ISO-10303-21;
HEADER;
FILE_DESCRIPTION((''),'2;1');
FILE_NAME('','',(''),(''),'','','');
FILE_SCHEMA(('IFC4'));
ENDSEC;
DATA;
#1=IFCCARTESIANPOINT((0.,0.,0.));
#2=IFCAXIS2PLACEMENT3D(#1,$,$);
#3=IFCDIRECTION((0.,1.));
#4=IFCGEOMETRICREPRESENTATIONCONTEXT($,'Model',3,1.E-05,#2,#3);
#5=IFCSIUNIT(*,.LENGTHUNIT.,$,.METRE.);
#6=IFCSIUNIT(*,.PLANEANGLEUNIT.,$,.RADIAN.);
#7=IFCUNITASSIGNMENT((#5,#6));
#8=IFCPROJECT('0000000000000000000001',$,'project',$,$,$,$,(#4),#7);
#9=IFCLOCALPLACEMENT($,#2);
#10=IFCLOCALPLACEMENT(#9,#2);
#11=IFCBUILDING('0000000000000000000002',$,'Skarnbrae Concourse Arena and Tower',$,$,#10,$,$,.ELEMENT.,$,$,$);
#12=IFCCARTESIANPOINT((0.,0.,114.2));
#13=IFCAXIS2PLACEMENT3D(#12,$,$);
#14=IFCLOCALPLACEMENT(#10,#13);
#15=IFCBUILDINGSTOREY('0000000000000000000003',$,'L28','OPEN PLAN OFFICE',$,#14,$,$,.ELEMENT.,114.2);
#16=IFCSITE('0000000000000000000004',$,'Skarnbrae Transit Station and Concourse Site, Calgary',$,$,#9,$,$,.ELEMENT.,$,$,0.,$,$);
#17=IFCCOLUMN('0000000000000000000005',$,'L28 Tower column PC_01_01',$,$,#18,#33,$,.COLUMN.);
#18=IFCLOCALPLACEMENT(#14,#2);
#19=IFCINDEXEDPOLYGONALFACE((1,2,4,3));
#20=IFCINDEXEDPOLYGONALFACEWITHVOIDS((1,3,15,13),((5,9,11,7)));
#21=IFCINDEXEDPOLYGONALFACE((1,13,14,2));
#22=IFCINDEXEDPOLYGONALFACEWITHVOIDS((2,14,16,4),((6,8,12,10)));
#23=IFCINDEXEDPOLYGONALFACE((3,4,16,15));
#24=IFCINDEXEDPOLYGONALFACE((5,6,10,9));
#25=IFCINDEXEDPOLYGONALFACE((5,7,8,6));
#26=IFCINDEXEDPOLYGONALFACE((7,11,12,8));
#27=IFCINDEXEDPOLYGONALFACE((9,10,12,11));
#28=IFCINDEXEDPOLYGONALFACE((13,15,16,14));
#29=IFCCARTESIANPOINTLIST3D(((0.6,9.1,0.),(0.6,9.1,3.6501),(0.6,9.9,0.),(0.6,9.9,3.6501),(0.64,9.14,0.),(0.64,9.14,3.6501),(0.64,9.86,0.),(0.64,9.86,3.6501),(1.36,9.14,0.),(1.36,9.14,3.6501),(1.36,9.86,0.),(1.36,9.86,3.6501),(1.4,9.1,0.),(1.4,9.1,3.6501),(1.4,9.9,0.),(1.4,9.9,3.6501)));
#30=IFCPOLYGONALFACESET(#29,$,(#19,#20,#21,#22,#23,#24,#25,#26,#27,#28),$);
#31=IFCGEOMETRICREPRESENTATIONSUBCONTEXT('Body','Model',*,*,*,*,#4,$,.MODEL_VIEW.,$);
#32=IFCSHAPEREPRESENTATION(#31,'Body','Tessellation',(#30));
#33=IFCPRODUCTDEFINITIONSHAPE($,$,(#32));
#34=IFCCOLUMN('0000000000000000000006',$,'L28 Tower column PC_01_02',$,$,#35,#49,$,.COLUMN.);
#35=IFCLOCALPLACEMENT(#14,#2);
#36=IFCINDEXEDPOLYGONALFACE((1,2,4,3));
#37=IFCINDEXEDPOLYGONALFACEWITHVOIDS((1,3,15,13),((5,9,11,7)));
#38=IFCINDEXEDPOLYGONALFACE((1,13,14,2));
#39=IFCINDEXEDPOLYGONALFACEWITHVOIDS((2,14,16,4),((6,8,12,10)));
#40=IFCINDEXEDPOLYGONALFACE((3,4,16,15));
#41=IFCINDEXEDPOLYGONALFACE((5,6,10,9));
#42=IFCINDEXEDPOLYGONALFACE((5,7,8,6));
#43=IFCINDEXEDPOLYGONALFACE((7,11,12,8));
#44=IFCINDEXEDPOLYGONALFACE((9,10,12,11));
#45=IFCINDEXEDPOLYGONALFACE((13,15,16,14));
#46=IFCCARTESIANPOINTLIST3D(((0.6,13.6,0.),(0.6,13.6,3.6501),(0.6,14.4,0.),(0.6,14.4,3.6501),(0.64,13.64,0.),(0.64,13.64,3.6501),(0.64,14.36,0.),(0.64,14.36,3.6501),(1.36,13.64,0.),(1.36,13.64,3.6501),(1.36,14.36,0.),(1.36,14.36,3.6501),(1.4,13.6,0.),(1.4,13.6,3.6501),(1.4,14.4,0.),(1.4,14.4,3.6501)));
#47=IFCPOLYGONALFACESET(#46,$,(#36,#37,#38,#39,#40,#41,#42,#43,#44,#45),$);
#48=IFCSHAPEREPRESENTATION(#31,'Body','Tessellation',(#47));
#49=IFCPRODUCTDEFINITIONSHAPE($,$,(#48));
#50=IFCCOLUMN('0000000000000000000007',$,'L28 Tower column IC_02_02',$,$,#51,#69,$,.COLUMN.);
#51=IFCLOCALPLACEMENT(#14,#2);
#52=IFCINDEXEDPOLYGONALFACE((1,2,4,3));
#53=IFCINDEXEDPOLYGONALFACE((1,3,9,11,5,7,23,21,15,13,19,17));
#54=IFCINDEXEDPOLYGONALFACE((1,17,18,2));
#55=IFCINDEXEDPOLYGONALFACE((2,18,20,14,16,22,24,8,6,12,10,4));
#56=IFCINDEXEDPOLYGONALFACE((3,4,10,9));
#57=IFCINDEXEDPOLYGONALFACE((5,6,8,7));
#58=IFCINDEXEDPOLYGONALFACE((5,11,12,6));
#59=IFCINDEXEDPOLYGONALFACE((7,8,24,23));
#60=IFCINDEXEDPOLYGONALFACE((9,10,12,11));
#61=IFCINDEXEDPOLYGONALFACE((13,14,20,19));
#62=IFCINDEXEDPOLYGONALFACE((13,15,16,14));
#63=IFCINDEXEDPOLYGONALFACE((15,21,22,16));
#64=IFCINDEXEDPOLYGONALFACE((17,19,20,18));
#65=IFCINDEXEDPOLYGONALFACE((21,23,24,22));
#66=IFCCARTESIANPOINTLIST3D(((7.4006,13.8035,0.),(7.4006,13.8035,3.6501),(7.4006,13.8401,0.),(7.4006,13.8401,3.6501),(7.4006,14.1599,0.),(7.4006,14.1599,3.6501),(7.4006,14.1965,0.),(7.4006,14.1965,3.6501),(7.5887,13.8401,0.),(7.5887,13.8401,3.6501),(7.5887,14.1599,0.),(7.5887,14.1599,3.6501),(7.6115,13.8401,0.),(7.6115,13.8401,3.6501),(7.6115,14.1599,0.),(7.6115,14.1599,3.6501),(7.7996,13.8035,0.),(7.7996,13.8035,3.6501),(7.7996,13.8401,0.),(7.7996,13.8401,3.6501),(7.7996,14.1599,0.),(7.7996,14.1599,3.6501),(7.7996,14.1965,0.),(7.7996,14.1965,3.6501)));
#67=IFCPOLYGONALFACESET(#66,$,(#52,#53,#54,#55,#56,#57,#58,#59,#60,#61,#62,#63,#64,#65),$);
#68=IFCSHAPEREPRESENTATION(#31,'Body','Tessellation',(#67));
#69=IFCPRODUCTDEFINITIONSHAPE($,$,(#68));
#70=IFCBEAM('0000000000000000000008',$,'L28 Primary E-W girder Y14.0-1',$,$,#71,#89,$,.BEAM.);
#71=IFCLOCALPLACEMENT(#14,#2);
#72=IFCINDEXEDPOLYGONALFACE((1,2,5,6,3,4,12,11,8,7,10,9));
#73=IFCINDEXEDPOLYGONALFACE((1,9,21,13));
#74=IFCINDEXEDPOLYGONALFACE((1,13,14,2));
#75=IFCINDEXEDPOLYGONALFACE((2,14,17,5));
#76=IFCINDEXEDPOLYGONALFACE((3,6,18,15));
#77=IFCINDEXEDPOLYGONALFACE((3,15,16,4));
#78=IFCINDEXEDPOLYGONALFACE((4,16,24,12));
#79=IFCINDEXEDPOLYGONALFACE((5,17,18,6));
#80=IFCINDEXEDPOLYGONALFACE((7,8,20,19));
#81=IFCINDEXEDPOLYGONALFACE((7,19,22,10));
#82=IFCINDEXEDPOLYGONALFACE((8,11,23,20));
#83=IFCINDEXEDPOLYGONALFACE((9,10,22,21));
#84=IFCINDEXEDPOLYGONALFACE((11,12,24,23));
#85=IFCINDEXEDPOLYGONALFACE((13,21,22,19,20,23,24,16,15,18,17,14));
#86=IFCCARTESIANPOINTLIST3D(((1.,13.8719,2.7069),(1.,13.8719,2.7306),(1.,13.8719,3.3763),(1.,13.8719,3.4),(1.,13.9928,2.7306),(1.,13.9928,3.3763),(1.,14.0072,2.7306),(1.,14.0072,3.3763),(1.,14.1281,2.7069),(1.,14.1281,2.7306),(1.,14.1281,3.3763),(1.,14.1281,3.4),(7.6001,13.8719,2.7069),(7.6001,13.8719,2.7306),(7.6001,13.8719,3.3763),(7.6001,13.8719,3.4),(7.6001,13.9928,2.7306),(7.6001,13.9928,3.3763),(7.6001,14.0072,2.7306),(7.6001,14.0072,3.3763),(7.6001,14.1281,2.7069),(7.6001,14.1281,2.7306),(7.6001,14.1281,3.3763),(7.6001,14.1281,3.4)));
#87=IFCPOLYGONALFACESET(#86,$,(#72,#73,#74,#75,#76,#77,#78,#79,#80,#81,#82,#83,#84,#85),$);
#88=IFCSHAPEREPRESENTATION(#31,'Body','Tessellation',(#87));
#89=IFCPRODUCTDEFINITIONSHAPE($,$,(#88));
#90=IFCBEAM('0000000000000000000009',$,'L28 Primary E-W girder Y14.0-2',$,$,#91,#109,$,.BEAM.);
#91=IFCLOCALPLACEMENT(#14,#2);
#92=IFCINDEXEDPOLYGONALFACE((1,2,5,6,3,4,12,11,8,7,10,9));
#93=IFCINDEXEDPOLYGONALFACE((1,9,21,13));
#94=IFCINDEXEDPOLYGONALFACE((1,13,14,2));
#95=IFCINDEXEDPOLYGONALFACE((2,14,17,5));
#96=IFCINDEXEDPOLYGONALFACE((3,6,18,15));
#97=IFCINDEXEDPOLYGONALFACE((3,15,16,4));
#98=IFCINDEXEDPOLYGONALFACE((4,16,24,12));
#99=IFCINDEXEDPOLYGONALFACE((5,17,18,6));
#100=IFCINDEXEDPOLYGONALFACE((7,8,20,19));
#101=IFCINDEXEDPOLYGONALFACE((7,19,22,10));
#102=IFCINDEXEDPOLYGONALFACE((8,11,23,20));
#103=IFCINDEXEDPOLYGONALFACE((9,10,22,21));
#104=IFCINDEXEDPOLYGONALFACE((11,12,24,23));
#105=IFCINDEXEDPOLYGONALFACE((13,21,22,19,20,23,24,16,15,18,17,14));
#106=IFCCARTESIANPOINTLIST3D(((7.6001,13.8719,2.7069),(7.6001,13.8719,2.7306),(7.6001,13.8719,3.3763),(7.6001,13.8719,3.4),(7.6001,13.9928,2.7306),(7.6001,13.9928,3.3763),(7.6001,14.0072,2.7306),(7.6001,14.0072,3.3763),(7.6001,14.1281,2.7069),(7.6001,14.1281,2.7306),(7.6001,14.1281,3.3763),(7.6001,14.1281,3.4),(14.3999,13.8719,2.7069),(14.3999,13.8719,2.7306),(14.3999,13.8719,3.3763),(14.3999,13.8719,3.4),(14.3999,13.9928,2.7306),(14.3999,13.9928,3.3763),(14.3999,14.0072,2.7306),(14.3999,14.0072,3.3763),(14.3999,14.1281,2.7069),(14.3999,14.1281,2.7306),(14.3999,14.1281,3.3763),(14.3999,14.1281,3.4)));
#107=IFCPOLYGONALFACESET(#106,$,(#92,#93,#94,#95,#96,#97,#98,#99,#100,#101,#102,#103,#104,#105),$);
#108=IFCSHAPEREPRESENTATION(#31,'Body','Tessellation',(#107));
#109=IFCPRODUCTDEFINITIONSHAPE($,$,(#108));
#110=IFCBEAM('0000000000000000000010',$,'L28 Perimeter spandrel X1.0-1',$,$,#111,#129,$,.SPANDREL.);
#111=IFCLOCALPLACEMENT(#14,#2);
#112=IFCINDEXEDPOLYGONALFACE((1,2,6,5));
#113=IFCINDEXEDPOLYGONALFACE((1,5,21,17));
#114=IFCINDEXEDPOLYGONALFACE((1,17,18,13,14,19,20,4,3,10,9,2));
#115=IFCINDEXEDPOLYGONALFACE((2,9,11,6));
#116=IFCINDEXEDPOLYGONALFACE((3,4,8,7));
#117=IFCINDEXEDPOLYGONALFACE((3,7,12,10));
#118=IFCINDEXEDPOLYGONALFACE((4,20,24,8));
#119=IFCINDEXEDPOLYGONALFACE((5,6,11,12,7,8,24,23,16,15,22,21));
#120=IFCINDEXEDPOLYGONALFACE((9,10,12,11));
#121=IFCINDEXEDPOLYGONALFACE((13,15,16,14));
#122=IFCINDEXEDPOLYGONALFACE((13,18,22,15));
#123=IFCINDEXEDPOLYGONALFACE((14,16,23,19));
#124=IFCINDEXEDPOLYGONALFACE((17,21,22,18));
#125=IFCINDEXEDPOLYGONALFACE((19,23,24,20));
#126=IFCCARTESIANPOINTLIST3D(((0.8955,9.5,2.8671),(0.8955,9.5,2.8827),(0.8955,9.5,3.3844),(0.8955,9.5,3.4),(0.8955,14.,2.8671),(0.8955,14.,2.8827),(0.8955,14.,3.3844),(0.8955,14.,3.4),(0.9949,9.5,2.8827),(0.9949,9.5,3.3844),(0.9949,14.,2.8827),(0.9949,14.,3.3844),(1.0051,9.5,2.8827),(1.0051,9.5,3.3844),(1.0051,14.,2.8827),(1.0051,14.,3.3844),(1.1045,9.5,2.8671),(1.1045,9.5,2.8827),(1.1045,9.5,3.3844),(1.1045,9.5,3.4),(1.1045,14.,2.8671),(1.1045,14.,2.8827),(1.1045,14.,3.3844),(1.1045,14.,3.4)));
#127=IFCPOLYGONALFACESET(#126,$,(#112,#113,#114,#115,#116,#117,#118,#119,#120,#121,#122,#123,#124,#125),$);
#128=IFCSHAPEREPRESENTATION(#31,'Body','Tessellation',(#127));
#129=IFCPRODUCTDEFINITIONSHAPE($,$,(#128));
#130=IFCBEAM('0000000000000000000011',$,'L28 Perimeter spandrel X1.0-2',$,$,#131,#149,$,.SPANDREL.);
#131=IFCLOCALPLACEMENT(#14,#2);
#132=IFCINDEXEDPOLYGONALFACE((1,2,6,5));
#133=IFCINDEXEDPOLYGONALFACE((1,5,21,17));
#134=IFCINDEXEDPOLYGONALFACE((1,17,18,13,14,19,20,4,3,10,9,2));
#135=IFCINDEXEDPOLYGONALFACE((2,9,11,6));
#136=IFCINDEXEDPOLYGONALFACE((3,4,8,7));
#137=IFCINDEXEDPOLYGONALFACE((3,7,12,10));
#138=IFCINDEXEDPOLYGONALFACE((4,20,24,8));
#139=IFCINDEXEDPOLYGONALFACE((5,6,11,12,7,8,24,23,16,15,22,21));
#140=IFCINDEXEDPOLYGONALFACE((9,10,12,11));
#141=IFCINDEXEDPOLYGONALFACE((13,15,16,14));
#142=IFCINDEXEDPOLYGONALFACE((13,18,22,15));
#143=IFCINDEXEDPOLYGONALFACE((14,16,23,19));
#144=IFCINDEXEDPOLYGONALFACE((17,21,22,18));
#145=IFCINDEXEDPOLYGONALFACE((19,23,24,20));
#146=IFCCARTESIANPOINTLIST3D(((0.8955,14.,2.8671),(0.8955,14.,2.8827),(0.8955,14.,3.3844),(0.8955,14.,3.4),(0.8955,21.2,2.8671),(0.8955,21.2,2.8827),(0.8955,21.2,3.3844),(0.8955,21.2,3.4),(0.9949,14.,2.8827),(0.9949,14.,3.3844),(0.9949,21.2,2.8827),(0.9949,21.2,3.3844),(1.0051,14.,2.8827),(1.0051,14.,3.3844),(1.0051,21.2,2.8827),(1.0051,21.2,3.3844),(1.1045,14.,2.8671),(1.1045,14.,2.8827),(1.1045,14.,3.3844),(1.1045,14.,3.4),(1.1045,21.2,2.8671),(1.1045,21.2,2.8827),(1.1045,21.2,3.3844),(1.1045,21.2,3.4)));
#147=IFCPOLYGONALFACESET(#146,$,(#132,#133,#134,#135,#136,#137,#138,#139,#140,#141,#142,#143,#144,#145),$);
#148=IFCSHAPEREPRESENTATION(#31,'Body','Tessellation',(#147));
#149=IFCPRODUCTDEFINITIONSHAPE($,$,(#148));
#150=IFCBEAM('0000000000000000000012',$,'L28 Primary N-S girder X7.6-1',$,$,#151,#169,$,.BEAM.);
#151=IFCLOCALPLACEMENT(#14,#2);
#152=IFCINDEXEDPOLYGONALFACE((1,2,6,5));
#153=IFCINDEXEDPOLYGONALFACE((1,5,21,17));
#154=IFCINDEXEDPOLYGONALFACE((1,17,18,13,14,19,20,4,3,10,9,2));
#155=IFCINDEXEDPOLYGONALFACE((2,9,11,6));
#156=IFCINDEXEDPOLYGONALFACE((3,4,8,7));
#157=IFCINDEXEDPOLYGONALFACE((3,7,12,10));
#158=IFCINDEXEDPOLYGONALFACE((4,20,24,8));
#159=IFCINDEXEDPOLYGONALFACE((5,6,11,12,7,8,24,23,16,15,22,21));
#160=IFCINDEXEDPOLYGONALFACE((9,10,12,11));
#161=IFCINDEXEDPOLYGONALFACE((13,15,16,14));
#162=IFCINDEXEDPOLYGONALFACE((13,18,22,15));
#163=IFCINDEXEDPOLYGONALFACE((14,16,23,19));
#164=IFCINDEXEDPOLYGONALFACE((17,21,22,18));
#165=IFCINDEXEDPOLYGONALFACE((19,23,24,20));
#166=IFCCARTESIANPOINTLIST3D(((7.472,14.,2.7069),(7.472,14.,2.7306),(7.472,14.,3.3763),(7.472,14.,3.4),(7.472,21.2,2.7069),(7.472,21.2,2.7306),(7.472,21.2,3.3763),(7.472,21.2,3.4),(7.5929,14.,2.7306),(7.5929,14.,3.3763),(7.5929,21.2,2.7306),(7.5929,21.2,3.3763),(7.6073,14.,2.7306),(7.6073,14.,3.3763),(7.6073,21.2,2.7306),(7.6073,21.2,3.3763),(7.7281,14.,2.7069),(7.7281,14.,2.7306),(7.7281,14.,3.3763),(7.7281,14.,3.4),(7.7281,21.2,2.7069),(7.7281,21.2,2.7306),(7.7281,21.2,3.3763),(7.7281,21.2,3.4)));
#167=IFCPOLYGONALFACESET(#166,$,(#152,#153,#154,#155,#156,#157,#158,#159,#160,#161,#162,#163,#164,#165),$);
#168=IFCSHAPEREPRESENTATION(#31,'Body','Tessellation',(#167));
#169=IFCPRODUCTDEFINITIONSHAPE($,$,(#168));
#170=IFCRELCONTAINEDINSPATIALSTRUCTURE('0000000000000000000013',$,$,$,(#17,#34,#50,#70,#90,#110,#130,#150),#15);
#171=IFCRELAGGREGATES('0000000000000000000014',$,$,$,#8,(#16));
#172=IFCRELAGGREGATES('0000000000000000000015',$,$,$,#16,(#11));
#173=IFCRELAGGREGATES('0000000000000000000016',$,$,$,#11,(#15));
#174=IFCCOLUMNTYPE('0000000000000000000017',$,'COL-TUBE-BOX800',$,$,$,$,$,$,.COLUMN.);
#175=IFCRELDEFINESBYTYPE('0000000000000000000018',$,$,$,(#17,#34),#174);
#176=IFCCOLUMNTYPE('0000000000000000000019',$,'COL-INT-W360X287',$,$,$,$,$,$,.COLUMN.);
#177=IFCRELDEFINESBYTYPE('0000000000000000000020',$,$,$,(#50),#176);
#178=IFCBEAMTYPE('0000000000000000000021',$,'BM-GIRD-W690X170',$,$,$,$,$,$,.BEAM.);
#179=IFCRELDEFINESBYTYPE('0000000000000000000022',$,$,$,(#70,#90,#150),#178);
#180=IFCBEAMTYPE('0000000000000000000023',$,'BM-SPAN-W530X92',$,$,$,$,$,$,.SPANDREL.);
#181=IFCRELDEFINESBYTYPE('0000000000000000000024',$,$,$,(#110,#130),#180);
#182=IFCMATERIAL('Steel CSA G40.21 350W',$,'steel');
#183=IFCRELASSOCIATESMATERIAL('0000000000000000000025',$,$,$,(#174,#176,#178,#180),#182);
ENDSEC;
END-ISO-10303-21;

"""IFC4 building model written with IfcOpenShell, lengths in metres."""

from ifc_helpers import new_model, si_unit, direction, frame, origin, origin_2d, place, context, subcontext, project, spatial, hollow_rectangle, i_section, extrude, source, transform, mapped, material, material_profile, profile_set, type_object, element, save


model = new_model("IFC4")

# Units and contexts
model_context = context("Model", 3, precision=1e-05, world=origin(), true_north=direction((0.0, 1.0)))
body_context = subcontext(model_context, "Body", "Model", "MODEL_VIEW")
ifc_project = project(units=[si_unit("LENGTHUNIT", "METRE"), si_unit("PLANEANGLEUNIT", "RADIAN")], contexts=[model_context])

# Site, building, storey
site_placement = place(None, origin())
site = spatial("IfcSite", under=ifc_project, at=site_placement, Name="Skarnbrae Transit Station and Concourse Site, Calgary", CompositionType="ELEMENT", RefElevation=0.0)
building_placement = place(site_placement, origin())
building = spatial("IfcBuilding", under=site, at=building_placement, Name="Skarnbrae Concourse Arena and Tower", CompositionType="ELEMENT")
storey_placement = place(building_placement, frame((0.0, 0.0, 114.2)))
storey = spatial("IfcBuildingStorey", under=building, at=storey_placement, Name="L28", Description="OPEN PLAN OFFICE", CompositionType="ELEMENT", Elevation=114.2)

# Columns
ifc_material_1 = material(Name="Steel CSA G40.21 350W", Category="steel")
ifc_material_profile_1 = material_profile(ifc_material_1, hollow_rectangle(XDim=0.8, YDim=0.8, WallThickness=0.04, at=origin_2d()), Name="BOX800X800X40")
ifc_profile_set_1 = profile_set([ifc_material_profile_1], Name="Steel CSA G40.21 350W")
column_type_1 = type_object("IfcColumnType", Name="COL-TUBE-BOX800", PredefinedType="COLUMN", material=ifc_profile_set_1)
shared_shape_1 = source(origin(), body_context, "Body", "SweptSolid", [
    extrude(hollow_rectangle(XDim=0.8, YDim=0.8, WallThickness=0.04, at=origin_2d()), origin(), (0.0, 0.0, 1.0), 3.6501),
])
for number, where, z_axis, x_axis, name in (
    (1, (1.0, 9.5, 0.0), (0.0, 0.0, 1.0), (1.0, 0.0, 0.0), "L28 Tower column PC_01_01"),
    (2, (1.0, 14.0, 0.0), (0.0, 0.0, 1.0), (1.0, 0.0, 0.0), "L28 Tower column PC_01_02"),
):
    element("IfcColumn", number, at=place(storey_placement, frame(where, z_axis=z_axis, x_axis=x_axis)), inside=storey, type_object=column_type_1, Name=name, PredefinedType="COLUMN", context=body_context, shape_type="MappedRepresentation", body=[
        mapped(shared_shape_1, transform((0.0, 0.0, 0.0))),
    ])
ifc_material_profile_2 = material_profile(ifc_material_1, i_section(OverallWidth=0.3989, OverallDepth=0.3931, WebThickness=0.0227, FlangeThickness=0.0366, at=origin_2d()), Name="W360X287")
ifc_profile_set_2 = profile_set([ifc_material_profile_2], Name="Steel CSA G40.21 350W")
column_type_2 = type_object("IfcColumnType", Name="COL-INT-W360X287", PredefinedType="COLUMN", material=ifc_profile_set_2)
shared_shape_2 = source(origin(), body_context, "Body", "SweptSolid", [
    extrude(i_section(OverallWidth=0.3989, OverallDepth=0.3931, WebThickness=0.0227, FlangeThickness=0.0366, at=origin_2d()), origin(), (0.0, 0.0, 1.0), 3.6501),
])
column_placement = place(storey_placement, frame((7.6001, 14.0, 0.0), z_axis=(0.0, 0.0, 1.0), x_axis=(1.0, 0.0, 0.0)))
element("IfcColumn", 3, at=column_placement, inside=storey, type_object=column_type_2, Name="L28 Tower column IC_02_02", PredefinedType="COLUMN", context=body_context, shape_type="MappedRepresentation", body=[
    mapped(shared_shape_2, transform((0.0, 0.0, 0.0))),
])

# Beams
ifc_material_profile_3 = material_profile(ifc_material_1, i_section(OverallWidth=0.2561, OverallDepth=0.6931, WebThickness=0.0144, FlangeThickness=0.0237, at=origin_2d()), Name="W690X170")
ifc_profile_set_3 = profile_set([ifc_material_profile_3], Name="Steel CSA G40.21 350W")
beam_type_1 = type_object("IfcBeamType", Name="BM-GIRD-W690X170", PredefinedType="BEAM", material=ifc_profile_set_3)
shared_shape_3 = source(origin(), body_context, "Body", "SweptSolid", [
    extrude(i_section(OverallWidth=0.2561, OverallDepth=0.6931, WebThickness=0.0144, FlangeThickness=0.0237, at=origin_2d()), origin(), (0.0, 0.0, 1.0), 6.6001),
])
beam_1_placement = place(storey_placement, frame((1.0, 14.0, 3.0535), z_axis=(1.0, 0.0, 0.0), x_axis=(0.0, 1.0, 0.0)))
element("IfcBeam", 4, at=beam_1_placement, inside=storey, type_object=beam_type_1, Name="L28 Primary E-W girder Y14.0-1", PredefinedType="BEAM", context=body_context, shape_type="MappedRepresentation", body=[
    mapped(shared_shape_3, transform((0.0, 0.0, 0.0))),
])
shared_shape_4 = source(origin(), body_context, "Body", "SweptSolid", [
    extrude(i_section(OverallWidth=0.2561, OverallDepth=0.6931, WebThickness=0.0144, FlangeThickness=0.0237, at=origin_2d()), origin(), (0.0, 0.0, 1.0), 6.7998),
])
beam_2_placement = place(storey_placement, frame((7.6001, 14.0, 3.0535), z_axis=(1.0, 0.0, 0.0), x_axis=(0.0, 1.0, 0.0)))
element("IfcBeam", 5, at=beam_2_placement, inside=storey, type_object=beam_type_1, Name="L28 Primary E-W girder Y14.0-2", PredefinedType="BEAM", context=body_context, shape_type="MappedRepresentation", body=[
    mapped(shared_shape_4, transform((0.0, 0.0, 0.0))),
])
ifc_material_profile_4 = material_profile(ifc_material_1, i_section(OverallWidth=0.209, OverallDepth=0.533, WebThickness=0.0103, FlangeThickness=0.0156, at=origin_2d()), Name="W530X92")
ifc_profile_set_4 = profile_set([ifc_material_profile_4], Name="Steel CSA G40.21 350W")
beam_type_2 = type_object("IfcBeamType", Name="BM-SPAN-W530X92", PredefinedType="SPANDREL", material=ifc_profile_set_4)
shared_shape_5 = source(origin(), body_context, "Body", "SweptSolid", [
    extrude(i_section(OverallWidth=0.209, OverallDepth=0.533, WebThickness=0.0103, FlangeThickness=0.0156, at=origin_2d()), origin(), (0.0, 0.0, 1.0), 4.5),
])
beam_3_placement = place(storey_placement, frame((1.0, 9.5, 3.1335), z_axis=(0.0, 1.0, 0.0), x_axis=(-1.0, 0.0, 0.0)))
element("IfcBeam", 6, at=beam_3_placement, inside=storey, type_object=beam_type_2, Name="L28 Perimeter spandrel X1.0-1", PredefinedType="SPANDREL", context=body_context, shape_type="MappedRepresentation", body=[
    mapped(shared_shape_5, transform((0.0, 0.0, 0.0))),
])
shared_shape_6 = source(origin(), body_context, "Body", "SweptSolid", [
    extrude(i_section(OverallWidth=0.209, OverallDepth=0.533, WebThickness=0.0103, FlangeThickness=0.0156, at=origin_2d()), origin(), (0.0, 0.0, 1.0), 7.2),
])
beam_4_placement = place(storey_placement, frame((1.0, 14.0, 3.1335), z_axis=(0.0, 1.0, 0.0), x_axis=(-1.0, 0.0, 0.0)))
element("IfcBeam", 7, at=beam_4_placement, inside=storey, type_object=beam_type_2, Name="L28 Perimeter spandrel X1.0-2", PredefinedType="SPANDREL", context=body_context, shape_type="MappedRepresentation", body=[
    mapped(shared_shape_6, transform((0.0, 0.0, 0.0))),
])
shared_shape_7 = source(origin(), body_context, "Body", "SweptSolid", [
    extrude(i_section(OverallWidth=0.2561, OverallDepth=0.6931, WebThickness=0.0144, FlangeThickness=0.0237, at=origin_2d()), origin(), (0.0, 0.0, 1.0), 7.2),
])
beam_5_placement = place(storey_placement, frame((7.6001, 14.0, 3.0535), z_axis=(0.0, 1.0, 0.0), x_axis=(-1.0, 0.0, 0.0)))
element("IfcBeam", 8, at=beam_5_placement, inside=storey, type_object=beam_type_1, Name="L28 Primary N-S girder X7.6-1", PredefinedType="BEAM", context=body_context, shape_type="MappedRepresentation", body=[
    mapped(shared_shape_7, transform((0.0, 0.0, 0.0))),
])

save(model, "model.ifc")
